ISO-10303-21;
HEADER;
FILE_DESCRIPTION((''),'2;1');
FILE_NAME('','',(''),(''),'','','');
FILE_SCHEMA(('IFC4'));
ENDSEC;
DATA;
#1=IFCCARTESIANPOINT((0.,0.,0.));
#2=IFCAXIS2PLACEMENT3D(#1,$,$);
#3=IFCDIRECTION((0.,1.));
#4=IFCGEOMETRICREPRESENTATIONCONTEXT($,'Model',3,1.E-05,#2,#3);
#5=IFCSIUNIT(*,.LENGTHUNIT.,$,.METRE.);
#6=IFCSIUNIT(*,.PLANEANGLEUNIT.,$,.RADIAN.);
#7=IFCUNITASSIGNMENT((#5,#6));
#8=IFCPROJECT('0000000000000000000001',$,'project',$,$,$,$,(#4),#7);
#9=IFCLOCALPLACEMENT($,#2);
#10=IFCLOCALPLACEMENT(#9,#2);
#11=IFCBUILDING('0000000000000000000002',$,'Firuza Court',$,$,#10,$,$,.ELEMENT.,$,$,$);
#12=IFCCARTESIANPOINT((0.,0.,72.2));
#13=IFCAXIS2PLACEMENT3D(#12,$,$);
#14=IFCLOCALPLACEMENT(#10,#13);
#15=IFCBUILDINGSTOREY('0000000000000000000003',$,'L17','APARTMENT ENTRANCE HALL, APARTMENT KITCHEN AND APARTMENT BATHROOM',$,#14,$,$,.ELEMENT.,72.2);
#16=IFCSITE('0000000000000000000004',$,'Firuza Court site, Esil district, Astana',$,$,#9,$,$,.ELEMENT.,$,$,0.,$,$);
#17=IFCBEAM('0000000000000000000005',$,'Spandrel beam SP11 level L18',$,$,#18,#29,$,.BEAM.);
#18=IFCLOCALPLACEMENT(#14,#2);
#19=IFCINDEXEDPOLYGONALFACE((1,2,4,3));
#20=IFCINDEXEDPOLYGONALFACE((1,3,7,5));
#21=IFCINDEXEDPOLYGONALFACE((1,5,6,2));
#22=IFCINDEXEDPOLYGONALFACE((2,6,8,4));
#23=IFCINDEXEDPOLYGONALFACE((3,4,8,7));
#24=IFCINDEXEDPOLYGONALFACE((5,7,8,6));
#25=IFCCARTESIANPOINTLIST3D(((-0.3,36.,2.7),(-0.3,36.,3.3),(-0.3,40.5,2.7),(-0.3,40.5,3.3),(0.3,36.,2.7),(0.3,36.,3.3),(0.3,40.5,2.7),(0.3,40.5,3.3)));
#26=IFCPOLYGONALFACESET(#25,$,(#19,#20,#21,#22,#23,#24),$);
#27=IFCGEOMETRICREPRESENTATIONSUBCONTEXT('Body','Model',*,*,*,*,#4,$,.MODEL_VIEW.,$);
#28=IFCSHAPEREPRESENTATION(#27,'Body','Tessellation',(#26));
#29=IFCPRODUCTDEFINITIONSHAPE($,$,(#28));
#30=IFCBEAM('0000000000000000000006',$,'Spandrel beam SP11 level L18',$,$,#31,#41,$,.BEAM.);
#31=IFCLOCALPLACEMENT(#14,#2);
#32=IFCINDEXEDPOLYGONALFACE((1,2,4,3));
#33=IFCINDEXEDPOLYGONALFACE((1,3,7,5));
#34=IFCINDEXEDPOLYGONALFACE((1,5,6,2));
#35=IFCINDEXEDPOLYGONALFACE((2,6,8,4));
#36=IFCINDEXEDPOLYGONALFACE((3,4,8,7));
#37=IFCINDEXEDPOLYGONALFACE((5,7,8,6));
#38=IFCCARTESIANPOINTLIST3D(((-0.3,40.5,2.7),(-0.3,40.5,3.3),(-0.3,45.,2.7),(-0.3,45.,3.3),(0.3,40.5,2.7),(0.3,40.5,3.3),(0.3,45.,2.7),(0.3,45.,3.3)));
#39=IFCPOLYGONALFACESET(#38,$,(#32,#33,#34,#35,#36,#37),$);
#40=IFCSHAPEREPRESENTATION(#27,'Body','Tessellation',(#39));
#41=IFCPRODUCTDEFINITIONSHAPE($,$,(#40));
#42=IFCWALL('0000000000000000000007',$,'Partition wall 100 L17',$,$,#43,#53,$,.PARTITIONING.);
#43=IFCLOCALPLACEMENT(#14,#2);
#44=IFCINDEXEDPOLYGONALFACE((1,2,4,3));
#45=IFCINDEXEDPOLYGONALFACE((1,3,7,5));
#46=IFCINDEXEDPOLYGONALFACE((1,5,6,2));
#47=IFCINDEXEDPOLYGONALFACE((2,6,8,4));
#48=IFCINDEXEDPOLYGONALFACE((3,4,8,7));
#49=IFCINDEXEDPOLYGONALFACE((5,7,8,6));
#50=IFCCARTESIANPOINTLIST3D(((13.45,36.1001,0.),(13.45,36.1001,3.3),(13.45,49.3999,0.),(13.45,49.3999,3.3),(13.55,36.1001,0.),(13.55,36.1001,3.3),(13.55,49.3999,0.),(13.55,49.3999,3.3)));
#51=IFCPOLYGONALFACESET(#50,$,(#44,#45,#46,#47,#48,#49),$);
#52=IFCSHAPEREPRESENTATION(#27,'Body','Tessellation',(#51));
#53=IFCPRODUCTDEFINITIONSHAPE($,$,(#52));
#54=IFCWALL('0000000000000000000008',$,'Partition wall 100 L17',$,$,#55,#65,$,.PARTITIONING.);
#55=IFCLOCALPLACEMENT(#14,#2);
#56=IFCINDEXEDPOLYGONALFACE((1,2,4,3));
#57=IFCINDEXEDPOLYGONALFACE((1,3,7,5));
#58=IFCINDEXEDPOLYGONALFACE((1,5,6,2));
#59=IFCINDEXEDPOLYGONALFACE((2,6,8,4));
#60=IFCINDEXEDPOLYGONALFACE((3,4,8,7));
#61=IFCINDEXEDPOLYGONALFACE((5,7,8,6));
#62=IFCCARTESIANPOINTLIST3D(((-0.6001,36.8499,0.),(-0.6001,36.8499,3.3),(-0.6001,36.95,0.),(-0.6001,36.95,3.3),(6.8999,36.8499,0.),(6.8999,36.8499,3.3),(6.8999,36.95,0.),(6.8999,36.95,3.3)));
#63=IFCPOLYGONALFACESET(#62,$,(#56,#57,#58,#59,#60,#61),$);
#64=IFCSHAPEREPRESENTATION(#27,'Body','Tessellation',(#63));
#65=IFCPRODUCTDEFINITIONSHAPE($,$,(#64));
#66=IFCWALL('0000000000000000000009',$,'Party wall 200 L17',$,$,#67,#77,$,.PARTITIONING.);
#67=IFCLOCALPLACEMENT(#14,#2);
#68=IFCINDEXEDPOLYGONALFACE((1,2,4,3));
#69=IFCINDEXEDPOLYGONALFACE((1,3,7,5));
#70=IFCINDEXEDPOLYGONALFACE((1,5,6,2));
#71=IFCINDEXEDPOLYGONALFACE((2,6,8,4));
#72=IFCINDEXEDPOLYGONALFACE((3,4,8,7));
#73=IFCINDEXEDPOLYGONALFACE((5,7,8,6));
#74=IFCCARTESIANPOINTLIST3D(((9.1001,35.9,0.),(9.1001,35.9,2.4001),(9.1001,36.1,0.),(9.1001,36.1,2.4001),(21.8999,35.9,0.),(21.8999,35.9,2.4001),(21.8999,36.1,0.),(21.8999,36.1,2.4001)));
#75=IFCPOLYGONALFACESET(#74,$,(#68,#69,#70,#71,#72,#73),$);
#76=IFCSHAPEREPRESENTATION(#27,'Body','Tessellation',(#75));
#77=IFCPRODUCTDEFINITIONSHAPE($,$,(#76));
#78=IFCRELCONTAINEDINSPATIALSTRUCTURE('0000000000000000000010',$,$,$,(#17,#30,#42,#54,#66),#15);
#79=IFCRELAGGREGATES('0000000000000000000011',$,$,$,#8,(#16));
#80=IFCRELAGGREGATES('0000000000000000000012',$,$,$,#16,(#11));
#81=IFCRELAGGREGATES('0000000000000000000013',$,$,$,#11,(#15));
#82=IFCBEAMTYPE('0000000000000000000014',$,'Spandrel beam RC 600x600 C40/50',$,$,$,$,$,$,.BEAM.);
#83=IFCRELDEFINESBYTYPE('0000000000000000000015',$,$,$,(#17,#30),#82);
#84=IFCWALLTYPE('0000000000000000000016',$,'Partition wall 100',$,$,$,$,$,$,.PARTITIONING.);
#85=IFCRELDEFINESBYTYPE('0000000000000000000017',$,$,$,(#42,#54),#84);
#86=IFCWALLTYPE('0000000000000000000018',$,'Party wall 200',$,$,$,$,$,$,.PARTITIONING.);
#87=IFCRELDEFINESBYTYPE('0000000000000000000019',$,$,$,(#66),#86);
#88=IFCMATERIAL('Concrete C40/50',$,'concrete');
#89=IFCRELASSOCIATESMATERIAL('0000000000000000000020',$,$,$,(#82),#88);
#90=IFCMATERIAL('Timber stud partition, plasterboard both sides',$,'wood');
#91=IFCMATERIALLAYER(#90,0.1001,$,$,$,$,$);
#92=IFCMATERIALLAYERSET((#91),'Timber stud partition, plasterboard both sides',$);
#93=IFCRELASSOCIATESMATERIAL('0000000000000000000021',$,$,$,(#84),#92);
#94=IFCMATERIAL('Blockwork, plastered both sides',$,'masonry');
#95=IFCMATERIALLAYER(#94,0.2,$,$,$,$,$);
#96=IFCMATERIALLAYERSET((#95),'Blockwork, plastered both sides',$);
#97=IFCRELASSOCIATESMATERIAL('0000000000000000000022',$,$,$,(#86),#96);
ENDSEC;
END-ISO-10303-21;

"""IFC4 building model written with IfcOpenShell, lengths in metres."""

from ifc_helpers import new_model, si_unit, direction, frame, frame_2d, origin, origin_2d, place, context, subcontext, project, spatial, rectangle, extrude, material, layer, layer_set, material_profile, profile_set, type_object, element, save


model = new_model("IFC4")

# Units and contexts
model_context = context("Model", 3, precision=1e-05, world=origin(), true_north=direction((0.0, 1.0)))
body_context = subcontext(model_context, "Body", "Model", "MODEL_VIEW")
ifc_project = project(units=[si_unit("LENGTHUNIT", "METRE"), si_unit("PLANEANGLEUNIT", "RADIAN")], contexts=[model_context])

# Site, building, storey
site_placement = place(None, origin())
site = spatial("IfcSite", under=ifc_project, at=site_placement, Name="Firuza Court site, Esil district, Astana", CompositionType="ELEMENT", RefElevation=0.0)
building_placement = place(site_placement, origin())
building = spatial("IfcBuilding", under=site, at=building_placement, Name="Firuza Court", CompositionType="ELEMENT")
storey_placement = place(building_placement, frame((0.0, 0.0, 72.2)))
storey = spatial("IfcBuildingStorey", under=building, at=storey_placement, Name="L17", Description="APARTMENT ENTRANCE HALL, APARTMENT KITCHEN AND APARTMENT BATHROOM", CompositionType="ELEMENT", Elevation=72.2)

# Beams
ifc_material_1 = material(Name="Concrete C40/50", Category="concrete")
ifc_material_profile_1 = material_profile(ifc_material_1, rectangle(XDim=0.6001, YDim=0.6001, at=origin_2d()), Name="RC 600x600")
ifc_profile_set_1 = profile_set([ifc_material_profile_1], Name="Concrete C40/50")
beam_type_1 = type_object("IfcBeamType", Name="Spandrel beam RC 600x600 C40/50", PredefinedType="BEAM", material=ifc_profile_set_1)
for number, where, z_axis, x_axis, name in (
    (1, (0.0, 40.5, 3.0), (0.0, -1.0, 0.0), (1.0, 0.0, 0.0), "Spandrel beam SP11 level L18"),
    (2, (0.0, 45.0, 3.0), (0.0, -1.0, 0.0), (1.0, 0.0, 0.0), "Spandrel beam SP11 level L18"),
):
    element("IfcBeam", number, at=place(storey_placement, frame(where, z_axis=z_axis, x_axis=x_axis)), inside=storey, type_object=beam_type_1, Name=name, PredefinedType="BEAM", context=body_context, shape_type="SweptSolid", body=[
        extrude(rectangle(XDim=0.6001, YDim=0.6001, at=origin_2d()), origin(), (0.0, 0.0, 1.0), 4.5),
    ])

# Walls
ifc_material_2 = material(Name="Timber stud partition, plasterboard both sides", Category="wood")
ifc_layer_1 = layer(ifc_material_2, 0.1001)
ifc_layer_set_1 = layer_set([ifc_layer_1], Name="Timber stud partition, plasterboard both sides")
wall_type_1 = type_object("IfcWallType", Name="Partition wall 100", PredefinedType="PARTITIONING", material=ifc_layer_set_1)
wall_1_placement = place(storey_placement, frame((13.5, 36.1001, 0.0), z_axis=(0.0, 0.0, 1.0), x_axis=(0.0, 1.0, 0.0)))
element("IfcWall", 3, at=wall_1_placement, inside=storey, type_object=wall_type_1, Name="Partition wall 100 L17", PredefinedType="PARTITIONING", context=body_context, shape_type="SweptSolid", body=[
    extrude(rectangle(XDim=13.2998, YDim=0.1001, at=frame_2d((6.6499, 0.0))), origin(), (0.0, 0.0, 1.0), 3.3),
])
wall_2_placement = place(storey_placement, frame((-0.6001, 36.8999, 0.0), z_axis=(0.0, 0.0, 1.0), x_axis=(1.0, 0.0, 0.0)))
element("IfcWall", 4, at=wall_2_placement, inside=storey, type_object=wall_type_1, Name="Partition wall 100 L17", PredefinedType="PARTITIONING", context=body_context, shape_type="SweptSolid", body=[
    extrude(rectangle(XDim=7.5, YDim=0.1001, at=frame_2d((3.75, 0.0))), origin(), (0.0, 0.0, 1.0), 3.3),
])
ifc_material_3 = material(Name="Blockwork, plastered both sides", Category="masonry")
ifc_layer_2 = layer(ifc_material_3, 0.2)
ifc_layer_set_2 = layer_set([ifc_layer_2], Name="Blockwork, plastered both sides")
wall_type_2 = type_object("IfcWallType", Name="Party wall 200", PredefinedType="PARTITIONING", material=ifc_layer_set_2)
wall_3_placement = place(storey_placement, frame((9.1001, 36.0, 0.0), z_axis=(0.0, 0.0, 1.0), x_axis=(1.0, 0.0, 0.0)))
element("IfcWall", 5, at=wall_3_placement, inside=storey, type_object=wall_type_2, Name="Party wall 200 L17", PredefinedType="PARTITIONING", context=body_context, shape_type="SweptSolid", body=[
    extrude(rectangle(XDim=12.7998, YDim=0.2, at=frame_2d((6.3999, 0.0))), origin(), (0.0, 0.0, 1.0), 2.4001),
])

save(model, "model.ifc")
